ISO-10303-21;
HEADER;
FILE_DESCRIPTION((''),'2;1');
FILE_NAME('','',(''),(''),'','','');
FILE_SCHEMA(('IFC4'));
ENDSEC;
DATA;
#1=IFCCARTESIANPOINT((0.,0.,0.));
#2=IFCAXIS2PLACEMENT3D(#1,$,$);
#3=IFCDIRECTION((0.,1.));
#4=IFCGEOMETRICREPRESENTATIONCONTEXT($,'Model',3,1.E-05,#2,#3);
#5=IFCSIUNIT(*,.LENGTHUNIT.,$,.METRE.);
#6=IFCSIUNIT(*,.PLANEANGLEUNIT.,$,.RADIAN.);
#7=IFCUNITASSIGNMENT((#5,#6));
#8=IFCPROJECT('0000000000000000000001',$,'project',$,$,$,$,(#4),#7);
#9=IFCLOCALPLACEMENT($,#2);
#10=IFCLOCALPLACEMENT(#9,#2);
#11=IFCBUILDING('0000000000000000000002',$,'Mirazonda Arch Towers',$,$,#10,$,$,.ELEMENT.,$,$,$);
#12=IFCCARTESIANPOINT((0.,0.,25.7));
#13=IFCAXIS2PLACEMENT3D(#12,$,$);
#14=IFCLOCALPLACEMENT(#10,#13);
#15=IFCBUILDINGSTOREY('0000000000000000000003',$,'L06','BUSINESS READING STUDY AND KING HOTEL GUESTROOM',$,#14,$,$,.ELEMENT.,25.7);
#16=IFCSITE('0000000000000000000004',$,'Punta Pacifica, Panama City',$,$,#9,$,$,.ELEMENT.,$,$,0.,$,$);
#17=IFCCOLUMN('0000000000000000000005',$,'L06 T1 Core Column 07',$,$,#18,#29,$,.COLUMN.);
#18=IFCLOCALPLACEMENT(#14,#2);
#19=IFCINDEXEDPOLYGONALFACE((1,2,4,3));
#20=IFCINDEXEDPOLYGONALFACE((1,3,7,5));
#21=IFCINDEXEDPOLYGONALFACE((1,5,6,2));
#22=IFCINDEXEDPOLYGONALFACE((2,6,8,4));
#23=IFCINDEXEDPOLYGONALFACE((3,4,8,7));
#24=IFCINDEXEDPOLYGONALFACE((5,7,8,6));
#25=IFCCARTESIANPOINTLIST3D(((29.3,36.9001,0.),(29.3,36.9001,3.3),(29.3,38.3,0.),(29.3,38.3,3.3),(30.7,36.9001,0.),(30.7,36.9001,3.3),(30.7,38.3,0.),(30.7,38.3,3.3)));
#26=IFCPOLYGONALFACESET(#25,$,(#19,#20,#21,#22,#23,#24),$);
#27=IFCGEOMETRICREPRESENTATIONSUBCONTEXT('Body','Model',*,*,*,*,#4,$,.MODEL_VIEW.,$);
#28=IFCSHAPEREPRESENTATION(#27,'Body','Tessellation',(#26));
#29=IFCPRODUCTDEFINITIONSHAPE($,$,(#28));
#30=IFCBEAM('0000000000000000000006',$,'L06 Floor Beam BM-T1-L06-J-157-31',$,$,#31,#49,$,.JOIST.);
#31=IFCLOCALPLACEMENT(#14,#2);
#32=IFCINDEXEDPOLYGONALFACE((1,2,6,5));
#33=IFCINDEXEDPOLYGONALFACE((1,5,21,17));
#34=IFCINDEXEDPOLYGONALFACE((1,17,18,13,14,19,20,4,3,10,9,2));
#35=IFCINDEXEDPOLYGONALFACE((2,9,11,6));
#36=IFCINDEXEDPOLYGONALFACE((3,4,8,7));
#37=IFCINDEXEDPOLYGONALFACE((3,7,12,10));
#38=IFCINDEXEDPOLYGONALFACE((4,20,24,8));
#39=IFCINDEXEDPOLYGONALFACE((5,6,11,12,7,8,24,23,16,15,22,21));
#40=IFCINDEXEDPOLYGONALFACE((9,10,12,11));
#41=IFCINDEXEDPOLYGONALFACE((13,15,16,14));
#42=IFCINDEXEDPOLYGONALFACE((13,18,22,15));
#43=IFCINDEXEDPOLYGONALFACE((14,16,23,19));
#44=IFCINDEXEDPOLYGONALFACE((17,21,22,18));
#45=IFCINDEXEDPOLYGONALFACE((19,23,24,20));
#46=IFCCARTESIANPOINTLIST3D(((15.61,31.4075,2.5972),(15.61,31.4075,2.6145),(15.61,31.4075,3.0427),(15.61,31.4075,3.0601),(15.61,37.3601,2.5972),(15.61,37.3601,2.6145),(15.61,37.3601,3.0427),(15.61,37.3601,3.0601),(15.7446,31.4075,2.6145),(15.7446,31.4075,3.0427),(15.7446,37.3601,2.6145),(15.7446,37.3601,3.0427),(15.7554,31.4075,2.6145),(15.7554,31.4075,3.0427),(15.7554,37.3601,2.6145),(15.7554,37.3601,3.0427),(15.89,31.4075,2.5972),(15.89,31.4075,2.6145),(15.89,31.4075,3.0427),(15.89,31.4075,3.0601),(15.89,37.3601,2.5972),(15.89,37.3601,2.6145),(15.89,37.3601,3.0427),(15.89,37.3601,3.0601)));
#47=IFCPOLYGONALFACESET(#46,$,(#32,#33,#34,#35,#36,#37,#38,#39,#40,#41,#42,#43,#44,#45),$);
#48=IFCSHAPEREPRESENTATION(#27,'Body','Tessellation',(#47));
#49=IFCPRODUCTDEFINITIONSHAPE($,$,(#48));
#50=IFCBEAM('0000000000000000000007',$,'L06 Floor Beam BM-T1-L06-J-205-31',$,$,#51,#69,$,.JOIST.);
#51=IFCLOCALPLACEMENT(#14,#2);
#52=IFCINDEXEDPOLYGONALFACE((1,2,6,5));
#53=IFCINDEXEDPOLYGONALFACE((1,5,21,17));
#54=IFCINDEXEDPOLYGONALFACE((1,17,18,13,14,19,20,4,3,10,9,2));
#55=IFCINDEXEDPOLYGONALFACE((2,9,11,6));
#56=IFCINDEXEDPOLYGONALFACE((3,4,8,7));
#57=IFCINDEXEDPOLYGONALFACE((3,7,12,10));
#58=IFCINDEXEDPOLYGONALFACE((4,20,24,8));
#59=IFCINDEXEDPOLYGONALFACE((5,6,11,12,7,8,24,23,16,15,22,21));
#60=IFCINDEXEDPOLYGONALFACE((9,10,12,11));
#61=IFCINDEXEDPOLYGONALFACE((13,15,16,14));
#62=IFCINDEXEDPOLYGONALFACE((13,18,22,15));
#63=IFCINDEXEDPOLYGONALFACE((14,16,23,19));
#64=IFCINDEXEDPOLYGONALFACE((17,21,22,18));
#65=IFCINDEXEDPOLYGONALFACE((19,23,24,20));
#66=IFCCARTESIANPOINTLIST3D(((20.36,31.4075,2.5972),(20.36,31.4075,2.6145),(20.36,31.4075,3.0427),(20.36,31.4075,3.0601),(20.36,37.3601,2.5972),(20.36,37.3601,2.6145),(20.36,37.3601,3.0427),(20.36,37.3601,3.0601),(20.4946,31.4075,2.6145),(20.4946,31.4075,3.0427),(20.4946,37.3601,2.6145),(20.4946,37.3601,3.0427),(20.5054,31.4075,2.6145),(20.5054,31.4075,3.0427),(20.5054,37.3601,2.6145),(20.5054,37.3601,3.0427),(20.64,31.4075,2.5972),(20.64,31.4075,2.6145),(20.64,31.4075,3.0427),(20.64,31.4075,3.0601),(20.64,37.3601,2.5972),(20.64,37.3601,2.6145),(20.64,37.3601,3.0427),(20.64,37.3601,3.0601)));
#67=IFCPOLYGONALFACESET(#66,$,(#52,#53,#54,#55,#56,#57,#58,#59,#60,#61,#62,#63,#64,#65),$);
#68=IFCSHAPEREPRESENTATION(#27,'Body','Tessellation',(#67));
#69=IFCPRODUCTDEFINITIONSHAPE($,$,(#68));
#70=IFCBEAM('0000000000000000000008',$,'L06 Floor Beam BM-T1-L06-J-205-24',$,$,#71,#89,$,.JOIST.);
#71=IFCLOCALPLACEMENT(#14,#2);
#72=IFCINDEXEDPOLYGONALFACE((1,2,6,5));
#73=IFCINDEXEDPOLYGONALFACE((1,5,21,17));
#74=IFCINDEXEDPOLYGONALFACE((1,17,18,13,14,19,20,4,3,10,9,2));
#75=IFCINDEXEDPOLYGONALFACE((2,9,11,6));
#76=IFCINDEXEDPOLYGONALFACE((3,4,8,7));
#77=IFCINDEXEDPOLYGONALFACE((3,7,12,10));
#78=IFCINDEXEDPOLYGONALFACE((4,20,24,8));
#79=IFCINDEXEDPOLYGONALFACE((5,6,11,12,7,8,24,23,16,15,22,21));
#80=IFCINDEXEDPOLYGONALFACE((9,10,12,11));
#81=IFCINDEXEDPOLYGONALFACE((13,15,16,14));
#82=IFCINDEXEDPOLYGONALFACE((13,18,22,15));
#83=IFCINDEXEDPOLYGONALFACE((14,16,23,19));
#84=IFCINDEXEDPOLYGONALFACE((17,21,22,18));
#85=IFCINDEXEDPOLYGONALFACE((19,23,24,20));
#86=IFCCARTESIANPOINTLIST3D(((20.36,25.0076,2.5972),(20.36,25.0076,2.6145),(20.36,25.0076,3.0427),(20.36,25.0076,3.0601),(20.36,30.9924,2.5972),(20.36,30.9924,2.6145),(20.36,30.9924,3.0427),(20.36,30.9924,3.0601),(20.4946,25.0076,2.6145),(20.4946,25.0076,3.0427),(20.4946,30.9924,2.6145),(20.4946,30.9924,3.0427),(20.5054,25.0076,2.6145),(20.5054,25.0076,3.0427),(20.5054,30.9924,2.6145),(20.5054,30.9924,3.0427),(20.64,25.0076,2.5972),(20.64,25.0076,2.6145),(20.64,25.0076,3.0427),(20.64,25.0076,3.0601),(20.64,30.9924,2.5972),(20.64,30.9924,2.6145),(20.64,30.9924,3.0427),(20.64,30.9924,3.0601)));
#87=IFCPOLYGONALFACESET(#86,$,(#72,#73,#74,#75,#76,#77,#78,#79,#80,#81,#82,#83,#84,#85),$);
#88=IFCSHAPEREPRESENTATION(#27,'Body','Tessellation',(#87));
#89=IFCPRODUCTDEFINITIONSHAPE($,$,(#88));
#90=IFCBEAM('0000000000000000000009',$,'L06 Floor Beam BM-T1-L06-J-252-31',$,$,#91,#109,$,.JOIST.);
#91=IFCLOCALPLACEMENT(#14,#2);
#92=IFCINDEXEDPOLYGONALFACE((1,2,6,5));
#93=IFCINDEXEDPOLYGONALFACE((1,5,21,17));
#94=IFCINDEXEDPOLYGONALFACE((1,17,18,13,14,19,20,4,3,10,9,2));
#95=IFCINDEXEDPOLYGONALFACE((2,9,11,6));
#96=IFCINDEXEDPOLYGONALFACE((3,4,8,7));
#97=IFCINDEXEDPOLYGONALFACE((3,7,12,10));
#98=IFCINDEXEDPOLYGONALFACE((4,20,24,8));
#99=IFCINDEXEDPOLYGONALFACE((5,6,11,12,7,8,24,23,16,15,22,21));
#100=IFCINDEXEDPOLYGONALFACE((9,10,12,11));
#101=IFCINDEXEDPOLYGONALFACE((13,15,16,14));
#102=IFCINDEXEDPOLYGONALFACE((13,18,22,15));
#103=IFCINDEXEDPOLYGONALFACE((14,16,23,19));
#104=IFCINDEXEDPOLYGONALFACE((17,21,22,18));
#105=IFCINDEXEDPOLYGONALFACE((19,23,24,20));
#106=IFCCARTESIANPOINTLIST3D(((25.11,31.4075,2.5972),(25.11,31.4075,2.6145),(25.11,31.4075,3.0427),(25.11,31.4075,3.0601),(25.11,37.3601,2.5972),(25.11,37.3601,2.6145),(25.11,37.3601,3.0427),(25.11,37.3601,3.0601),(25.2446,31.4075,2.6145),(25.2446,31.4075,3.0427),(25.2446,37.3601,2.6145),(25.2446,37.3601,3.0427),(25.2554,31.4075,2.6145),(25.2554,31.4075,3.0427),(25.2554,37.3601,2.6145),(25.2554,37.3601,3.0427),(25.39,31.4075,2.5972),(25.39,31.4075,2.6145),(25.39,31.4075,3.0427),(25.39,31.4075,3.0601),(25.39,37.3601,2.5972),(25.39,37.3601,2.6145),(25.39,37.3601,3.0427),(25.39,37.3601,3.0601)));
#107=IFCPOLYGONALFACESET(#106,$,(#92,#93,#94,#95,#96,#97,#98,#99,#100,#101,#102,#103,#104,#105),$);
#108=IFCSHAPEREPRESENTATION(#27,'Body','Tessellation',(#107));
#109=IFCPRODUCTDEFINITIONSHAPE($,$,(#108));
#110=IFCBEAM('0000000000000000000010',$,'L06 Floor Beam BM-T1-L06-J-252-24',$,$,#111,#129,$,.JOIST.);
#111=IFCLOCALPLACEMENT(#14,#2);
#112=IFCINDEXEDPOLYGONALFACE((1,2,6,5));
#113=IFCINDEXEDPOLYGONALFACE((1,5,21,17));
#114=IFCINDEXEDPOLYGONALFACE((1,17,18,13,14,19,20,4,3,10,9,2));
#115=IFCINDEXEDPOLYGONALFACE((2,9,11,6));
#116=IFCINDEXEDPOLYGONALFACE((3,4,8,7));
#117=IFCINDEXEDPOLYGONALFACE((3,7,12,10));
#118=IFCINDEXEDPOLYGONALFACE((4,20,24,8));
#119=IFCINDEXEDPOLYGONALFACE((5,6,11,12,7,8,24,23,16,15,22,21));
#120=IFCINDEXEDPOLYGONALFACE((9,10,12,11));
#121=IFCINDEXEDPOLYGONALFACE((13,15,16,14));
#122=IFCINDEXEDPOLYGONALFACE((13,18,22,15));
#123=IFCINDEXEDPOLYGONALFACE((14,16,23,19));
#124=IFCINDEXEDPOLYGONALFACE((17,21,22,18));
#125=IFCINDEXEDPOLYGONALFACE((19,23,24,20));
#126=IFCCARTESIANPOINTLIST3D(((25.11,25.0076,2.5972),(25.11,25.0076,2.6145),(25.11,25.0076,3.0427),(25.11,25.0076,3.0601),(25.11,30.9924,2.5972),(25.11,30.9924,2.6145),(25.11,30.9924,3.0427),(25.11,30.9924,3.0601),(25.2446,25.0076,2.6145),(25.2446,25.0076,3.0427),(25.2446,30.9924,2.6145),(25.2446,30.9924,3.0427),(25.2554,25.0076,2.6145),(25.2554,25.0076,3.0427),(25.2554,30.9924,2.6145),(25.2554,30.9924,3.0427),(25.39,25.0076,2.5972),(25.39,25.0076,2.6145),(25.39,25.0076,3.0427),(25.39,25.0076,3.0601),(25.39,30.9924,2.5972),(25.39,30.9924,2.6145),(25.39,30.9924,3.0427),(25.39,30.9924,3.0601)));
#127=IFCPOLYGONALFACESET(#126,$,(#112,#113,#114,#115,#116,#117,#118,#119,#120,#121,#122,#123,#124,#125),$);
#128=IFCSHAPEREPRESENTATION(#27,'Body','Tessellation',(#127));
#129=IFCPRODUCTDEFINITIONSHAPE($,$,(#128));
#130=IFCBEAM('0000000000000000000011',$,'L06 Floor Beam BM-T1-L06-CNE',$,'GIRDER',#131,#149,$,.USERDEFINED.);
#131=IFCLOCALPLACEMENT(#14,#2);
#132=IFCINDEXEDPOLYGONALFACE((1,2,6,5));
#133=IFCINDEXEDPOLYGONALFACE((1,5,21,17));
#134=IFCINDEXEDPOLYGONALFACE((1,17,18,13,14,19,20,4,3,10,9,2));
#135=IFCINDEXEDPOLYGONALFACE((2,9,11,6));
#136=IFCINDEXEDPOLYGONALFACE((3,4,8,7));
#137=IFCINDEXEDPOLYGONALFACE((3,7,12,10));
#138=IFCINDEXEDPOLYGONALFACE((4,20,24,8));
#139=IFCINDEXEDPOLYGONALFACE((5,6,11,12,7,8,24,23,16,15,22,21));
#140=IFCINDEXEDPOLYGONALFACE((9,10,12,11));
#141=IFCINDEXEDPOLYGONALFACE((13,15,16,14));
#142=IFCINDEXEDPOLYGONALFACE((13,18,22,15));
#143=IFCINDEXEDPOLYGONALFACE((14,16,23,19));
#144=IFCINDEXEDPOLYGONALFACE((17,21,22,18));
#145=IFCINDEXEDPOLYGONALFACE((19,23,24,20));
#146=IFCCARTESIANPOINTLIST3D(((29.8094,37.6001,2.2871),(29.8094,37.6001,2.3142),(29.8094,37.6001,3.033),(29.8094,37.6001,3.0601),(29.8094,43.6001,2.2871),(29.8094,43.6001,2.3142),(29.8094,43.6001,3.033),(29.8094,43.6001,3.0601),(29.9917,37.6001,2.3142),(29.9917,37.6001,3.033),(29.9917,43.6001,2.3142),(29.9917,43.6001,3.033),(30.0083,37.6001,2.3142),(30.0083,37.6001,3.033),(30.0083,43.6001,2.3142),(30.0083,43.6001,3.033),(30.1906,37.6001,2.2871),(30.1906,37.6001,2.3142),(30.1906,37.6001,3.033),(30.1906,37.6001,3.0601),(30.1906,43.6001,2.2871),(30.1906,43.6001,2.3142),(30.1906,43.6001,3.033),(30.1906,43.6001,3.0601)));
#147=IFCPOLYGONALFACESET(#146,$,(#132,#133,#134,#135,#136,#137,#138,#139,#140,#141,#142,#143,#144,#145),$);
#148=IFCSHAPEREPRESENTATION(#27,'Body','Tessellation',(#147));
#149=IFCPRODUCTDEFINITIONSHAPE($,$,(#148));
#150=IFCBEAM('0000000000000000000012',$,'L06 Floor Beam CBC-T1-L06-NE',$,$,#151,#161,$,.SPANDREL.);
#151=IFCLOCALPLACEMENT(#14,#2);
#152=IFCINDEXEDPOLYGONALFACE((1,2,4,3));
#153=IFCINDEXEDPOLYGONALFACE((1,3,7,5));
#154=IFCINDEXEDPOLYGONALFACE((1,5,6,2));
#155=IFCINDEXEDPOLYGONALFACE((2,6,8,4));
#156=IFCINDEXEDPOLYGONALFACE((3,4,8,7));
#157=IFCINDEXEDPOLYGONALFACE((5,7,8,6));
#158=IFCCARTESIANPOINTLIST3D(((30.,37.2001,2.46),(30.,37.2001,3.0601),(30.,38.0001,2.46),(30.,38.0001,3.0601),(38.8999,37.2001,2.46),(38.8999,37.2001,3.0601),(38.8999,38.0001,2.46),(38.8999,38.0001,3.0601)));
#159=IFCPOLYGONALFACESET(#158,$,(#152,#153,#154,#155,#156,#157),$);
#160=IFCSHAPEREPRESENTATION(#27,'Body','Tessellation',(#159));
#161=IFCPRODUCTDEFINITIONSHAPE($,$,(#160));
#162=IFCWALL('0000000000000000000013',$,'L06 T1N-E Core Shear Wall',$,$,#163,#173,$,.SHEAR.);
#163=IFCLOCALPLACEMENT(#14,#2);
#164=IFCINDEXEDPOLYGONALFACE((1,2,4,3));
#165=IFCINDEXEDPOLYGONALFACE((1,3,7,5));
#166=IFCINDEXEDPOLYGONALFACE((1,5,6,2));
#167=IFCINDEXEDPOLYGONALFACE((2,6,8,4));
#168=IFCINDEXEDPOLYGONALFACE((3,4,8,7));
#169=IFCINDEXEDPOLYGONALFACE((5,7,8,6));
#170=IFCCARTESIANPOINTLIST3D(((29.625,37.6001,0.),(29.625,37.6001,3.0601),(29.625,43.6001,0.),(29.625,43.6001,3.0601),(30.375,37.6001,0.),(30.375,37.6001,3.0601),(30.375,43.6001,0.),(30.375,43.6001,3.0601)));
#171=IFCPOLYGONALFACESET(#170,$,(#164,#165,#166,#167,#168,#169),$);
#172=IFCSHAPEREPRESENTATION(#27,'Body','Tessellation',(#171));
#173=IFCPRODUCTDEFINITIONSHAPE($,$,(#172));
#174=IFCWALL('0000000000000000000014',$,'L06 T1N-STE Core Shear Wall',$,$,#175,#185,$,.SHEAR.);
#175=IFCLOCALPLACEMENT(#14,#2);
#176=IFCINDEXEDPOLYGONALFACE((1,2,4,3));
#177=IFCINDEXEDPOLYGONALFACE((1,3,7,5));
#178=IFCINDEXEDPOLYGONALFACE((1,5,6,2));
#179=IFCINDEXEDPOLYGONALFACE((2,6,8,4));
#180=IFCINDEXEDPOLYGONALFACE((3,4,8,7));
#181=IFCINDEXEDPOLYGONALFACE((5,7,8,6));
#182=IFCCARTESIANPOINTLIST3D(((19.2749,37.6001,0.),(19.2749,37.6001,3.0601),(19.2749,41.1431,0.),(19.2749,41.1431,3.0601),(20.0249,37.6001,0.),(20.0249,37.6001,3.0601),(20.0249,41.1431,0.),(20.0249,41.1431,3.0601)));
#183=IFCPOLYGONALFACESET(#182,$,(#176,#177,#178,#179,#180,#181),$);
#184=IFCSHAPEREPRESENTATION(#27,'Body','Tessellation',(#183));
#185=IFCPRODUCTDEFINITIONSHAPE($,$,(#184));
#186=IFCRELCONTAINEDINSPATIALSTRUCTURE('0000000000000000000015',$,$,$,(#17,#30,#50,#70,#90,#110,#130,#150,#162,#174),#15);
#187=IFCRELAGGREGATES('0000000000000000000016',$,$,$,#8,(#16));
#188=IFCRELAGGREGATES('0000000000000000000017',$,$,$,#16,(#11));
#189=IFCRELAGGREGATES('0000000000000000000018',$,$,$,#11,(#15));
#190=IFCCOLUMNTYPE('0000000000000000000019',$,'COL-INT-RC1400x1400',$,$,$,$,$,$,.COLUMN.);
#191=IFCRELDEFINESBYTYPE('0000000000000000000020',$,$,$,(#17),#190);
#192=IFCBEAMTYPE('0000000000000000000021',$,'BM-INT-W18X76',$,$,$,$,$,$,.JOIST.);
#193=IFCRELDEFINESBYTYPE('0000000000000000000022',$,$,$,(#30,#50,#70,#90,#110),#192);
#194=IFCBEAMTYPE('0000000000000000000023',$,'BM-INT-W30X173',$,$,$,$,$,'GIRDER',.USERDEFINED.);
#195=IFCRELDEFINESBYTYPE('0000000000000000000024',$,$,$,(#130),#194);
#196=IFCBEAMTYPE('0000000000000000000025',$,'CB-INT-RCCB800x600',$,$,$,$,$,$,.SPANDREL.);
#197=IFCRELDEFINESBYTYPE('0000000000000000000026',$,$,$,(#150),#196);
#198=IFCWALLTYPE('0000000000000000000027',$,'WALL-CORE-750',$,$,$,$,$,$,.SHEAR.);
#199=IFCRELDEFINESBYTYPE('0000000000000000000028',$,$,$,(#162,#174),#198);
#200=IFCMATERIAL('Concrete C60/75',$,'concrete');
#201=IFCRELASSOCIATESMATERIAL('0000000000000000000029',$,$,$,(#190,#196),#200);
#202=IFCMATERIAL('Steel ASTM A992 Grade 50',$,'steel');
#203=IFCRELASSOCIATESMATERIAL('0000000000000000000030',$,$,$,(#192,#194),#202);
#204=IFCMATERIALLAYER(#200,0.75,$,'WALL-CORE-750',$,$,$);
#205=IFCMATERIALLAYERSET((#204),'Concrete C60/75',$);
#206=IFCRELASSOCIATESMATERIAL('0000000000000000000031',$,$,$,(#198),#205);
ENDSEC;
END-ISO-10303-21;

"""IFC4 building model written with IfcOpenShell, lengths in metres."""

from ifc_helpers import new_model, si_unit, direction, frame, frame_2d, origin, origin_2d, place, context, subcontext, project, spatial, rectangle, i_section, extrude, material, layer, layer_set, material_profile, profile_set, type_object, element, save


model = new_model("IFC4")

# Units and contexts
model_context = context("Model", 3, precision=1e-05, world=origin(), true_north=direction((0.0, 1.0)))
body_context = subcontext(model_context, "Body", "Model", "MODEL_VIEW")
ifc_project = project(units=[si_unit("LENGTHUNIT", "METRE"), si_unit("PLANEANGLEUNIT", "RADIAN")], contexts=[model_context])

# Site, building, storey
site_placement = place(None, origin())
site = spatial("IfcSite", under=ifc_project, at=site_placement, Name="Punta Pacifica, Panama City", CompositionType="ELEMENT", RefElevation=0.0)
building_placement = place(site_placement, origin())
building = spatial("IfcBuilding", under=site, at=building_placement, Name="Mirazonda Arch Towers", CompositionType="ELEMENT")
storey_placement = place(building_placement, frame((0.0, 0.0, 25.7)))
storey = spatial("IfcBuildingStorey", under=building, at=storey_placement, Name="L06", Description="BUSINESS READING STUDY AND KING HOTEL GUESTROOM", CompositionType="ELEMENT", Elevation=25.7)

# Column
ifc_material_1 = material(Name="Concrete C60/75", Category="concrete")
ifc_material_profile_1 = material_profile(ifc_material_1, rectangle(XDim=1.3999, YDim=1.3999, at=origin_2d()), Name="RC1400x1400")
ifc_profile_set_1 = profile_set([ifc_material_profile_1], Name="Concrete C60/75")
column_type = type_object("IfcColumnType", Name="COL-INT-RC1400x1400", PredefinedType="COLUMN", material=ifc_profile_set_1)
column_placement = place(storey_placement, frame((30.0, 37.6001, 0.0), z_axis=(0.0, 0.0, 1.0), x_axis=(1.0, 0.0, 0.0)))
element("IfcColumn", 1, at=column_placement, inside=storey, type_object=column_type, Name="L06 T1 Core Column 07", PredefinedType="COLUMN", context=body_context, shape_type="SweptSolid", body=[
    extrude(rectangle(XDim=1.3999, YDim=1.3999, at=origin_2d()), origin(), (0.0, 0.0, 1.0), 3.3),
])

# Beams
ifc_material_2 = material(Name="Steel ASTM A992 Grade 50", Category="steel")
ifc_material_profile_2 = material_profile(ifc_material_2, i_section(OverallWidth=0.28, OverallDepth=0.4629, WebThickness=0.0107, FlangeThickness=0.0173, at=origin_2d()), Name="W18X76")
ifc_profile_set_2 = profile_set([ifc_material_profile_2], Name="Steel ASTM A992 Grade 50")
beam_type_1 = type_object("IfcBeamType", Name="BM-INT-W18X76", PredefinedType="JOIST", material=ifc_profile_set_2)
for number, where, z_axis, x_axis, name in (
    (2, (15.75, 31.4075, 2.8286), (0.0, 1.0, 0.0), (-1.0, 0.0, 0.0), "L06 Floor Beam BM-T1-L06-J-157-31"),
    (3, (20.5, 31.4075, 2.8286), (0.0, 1.0, 0.0), (-1.0, 0.0, 0.0), "L06 Floor Beam BM-T1-L06-J-205-31"),
):
    element("IfcBeam", number, at=place(storey_placement, frame(where, z_axis=z_axis, x_axis=x_axis)), inside=storey, type_object=beam_type_1, Name=name, PredefinedType="JOIST", context=body_context, shape_type="SweptSolid", body=[
        extrude(i_section(OverallWidth=0.28, OverallDepth=0.4629, WebThickness=0.0107, FlangeThickness=0.0173, at=origin_2d()), origin(), (0.0, 0.0, 1.0), 5.9526),
    ])
beam_1_placement = place(storey_placement, frame((20.5, 25.0076, 2.8286), z_axis=(0.0, 1.0, 0.0), x_axis=(-1.0, 0.0, 0.0)))
element("IfcBeam", 4, at=beam_1_placement, inside=storey, type_object=beam_type_1, Name="L06 Floor Beam BM-T1-L06-J-205-24", PredefinedType="JOIST", context=body_context, shape_type="SweptSolid", body=[
    extrude(i_section(OverallWidth=0.28, OverallDepth=0.4629, WebThickness=0.0107, FlangeThickness=0.0173, at=origin_2d()), origin(), (0.0, 0.0, 1.0), 5.9849),
])
beam_2_placement = place(storey_placement, frame((25.25, 31.4075, 2.8286), z_axis=(0.0, 1.0, 0.0), x_axis=(-1.0, 0.0, 0.0)))
element("IfcBeam", 5, at=beam_2_placement, inside=storey, type_object=beam_type_1, Name="L06 Floor Beam BM-T1-L06-J-252-31", PredefinedType="JOIST", context=body_context, shape_type="SweptSolid", body=[
    extrude(i_section(OverallWidth=0.28, OverallDepth=0.4629, WebThickness=0.0107, FlangeThickness=0.0173, at=origin_2d()), origin(), (0.0, 0.0, 1.0), 5.9526),
])
beam_3_placement = place(storey_placement, frame((25.25, 25.0076, 2.8286), z_axis=(0.0, 1.0, 0.0), x_axis=(-1.0, 0.0, 0.0)))
element("IfcBeam", 6, at=beam_3_placement, inside=storey, type_object=beam_type_1, Name="L06 Floor Beam BM-T1-L06-J-252-24", PredefinedType="JOIST", context=body_context, shape_type="SweptSolid", body=[
    extrude(i_section(OverallWidth=0.28, OverallDepth=0.4629, WebThickness=0.0107, FlangeThickness=0.0173, at=origin_2d()), origin(), (0.0, 0.0, 1.0), 5.9849),
])
ifc_material_profile_3 = material_profile(ifc_material_2, i_section(OverallWidth=0.3811, OverallDepth=0.7729, WebThickness=0.0166, FlangeThickness=0.0271, at=origin_2d()), Name="W30X173")
ifc_profile_set_3 = profile_set([ifc_material_profile_3], Name="Steel ASTM A992 Grade 50")
beam_type_2 = type_object("IfcBeamType", Name="BM-INT-W30X173", ElementType="GIRDER", PredefinedType="USERDEFINED", material=ifc_profile_set_3)
beam_4_placement = place(storey_placement, frame((30.0, 37.6001, 2.6736), z_axis=(0.0, 1.0, 0.0), x_axis=(-1.0, 0.0, 0.0)))
element("IfcBeam", 7, at=beam_4_placement, inside=storey, type_object=beam_type_2, Name="L06 Floor Beam BM-T1-L06-CNE", ObjectType="GIRDER", PredefinedType="USERDEFINED", context=body_context, shape_type="SweptSolid", body=[
    extrude(i_section(OverallWidth=0.3811, OverallDepth=0.7729, WebThickness=0.0166, FlangeThickness=0.0271, at=origin_2d()), origin(), (0.0, 0.0, 1.0), 6.0),
])
ifc_material_profile_4 = material_profile(ifc_material_1, rectangle(XDim=0.8, YDim=0.6001, at=origin_2d()), Name="RCCB800x600")
ifc_profile_set_4 = profile_set([ifc_material_profile_4], Name="Concrete C60/75")
beam_type_3 = type_object("IfcBeamType", Name="CB-INT-RCCB800x600", PredefinedType="SPANDREL", material=ifc_profile_set_4)
beam_5_placement = place(storey_placement, frame((30.0, 37.6001, 2.76), z_axis=(1.0, 0.0, 0.0), x_axis=(0.0, 1.0, 0.0)))
element("IfcBeam", 8, at=beam_5_placement, inside=storey, type_object=beam_type_3, Name="L06 Floor Beam CBC-T1-L06-NE", PredefinedType="SPANDREL", context=body_context, shape_type="SweptSolid", body=[
    extrude(rectangle(XDim=0.8, YDim=0.6001, at=origin_2d()), origin(), (0.0, 0.0, 1.0), 8.8999),
])

# Walls
ifc_layer_1 = layer(ifc_material_1, 0.75, Name="WALL-CORE-750")
ifc_layer_set_1 = layer_set([ifc_layer_1], Name="Concrete C60/75")
wall_type_1 = type_object("IfcWallType", Name="WALL-CORE-750", PredefinedType="SHEAR", material=ifc_layer_set_1)
wall_1_placement = place(storey_placement, frame((30.0, 37.6001, 0.0), z_axis=(0.0, 0.0, 1.0), x_axis=(0.0, 1.0, 0.0)))
element("IfcWall", 9, at=wall_1_placement, inside=storey, type_object=wall_type_1, Name="L06 T1N-E Core Shear Wall", PredefinedType="SHEAR", context=body_context, shape_type="SweptSolid", body=[
    extrude(rectangle(XDim=6.0, YDim=0.75, at=frame_2d((3.0, 0.0))), origin(), (0.0, 0.0, 1.0), 3.0601),
])
wall_2_placement = place(storey_placement, frame((19.6499, 37.6001, 0.0), z_axis=(0.0, 0.0, 1.0), x_axis=(0.0, 1.0, 0.0)))
element("IfcWall", 10, at=wall_2_placement, inside=storey, type_object=wall_type_1, Name="L06 T1N-STE Core Shear Wall", PredefinedType="SHEAR", context=body_context, shape_type="SweptSolid", body=[
    extrude(rectangle(XDim=3.543, YDim=0.75, at=frame_2d((1.7715, 0.0))), origin(), (0.0, 0.0, 1.0), 3.0601),
])

save(model, "model.ifc")
